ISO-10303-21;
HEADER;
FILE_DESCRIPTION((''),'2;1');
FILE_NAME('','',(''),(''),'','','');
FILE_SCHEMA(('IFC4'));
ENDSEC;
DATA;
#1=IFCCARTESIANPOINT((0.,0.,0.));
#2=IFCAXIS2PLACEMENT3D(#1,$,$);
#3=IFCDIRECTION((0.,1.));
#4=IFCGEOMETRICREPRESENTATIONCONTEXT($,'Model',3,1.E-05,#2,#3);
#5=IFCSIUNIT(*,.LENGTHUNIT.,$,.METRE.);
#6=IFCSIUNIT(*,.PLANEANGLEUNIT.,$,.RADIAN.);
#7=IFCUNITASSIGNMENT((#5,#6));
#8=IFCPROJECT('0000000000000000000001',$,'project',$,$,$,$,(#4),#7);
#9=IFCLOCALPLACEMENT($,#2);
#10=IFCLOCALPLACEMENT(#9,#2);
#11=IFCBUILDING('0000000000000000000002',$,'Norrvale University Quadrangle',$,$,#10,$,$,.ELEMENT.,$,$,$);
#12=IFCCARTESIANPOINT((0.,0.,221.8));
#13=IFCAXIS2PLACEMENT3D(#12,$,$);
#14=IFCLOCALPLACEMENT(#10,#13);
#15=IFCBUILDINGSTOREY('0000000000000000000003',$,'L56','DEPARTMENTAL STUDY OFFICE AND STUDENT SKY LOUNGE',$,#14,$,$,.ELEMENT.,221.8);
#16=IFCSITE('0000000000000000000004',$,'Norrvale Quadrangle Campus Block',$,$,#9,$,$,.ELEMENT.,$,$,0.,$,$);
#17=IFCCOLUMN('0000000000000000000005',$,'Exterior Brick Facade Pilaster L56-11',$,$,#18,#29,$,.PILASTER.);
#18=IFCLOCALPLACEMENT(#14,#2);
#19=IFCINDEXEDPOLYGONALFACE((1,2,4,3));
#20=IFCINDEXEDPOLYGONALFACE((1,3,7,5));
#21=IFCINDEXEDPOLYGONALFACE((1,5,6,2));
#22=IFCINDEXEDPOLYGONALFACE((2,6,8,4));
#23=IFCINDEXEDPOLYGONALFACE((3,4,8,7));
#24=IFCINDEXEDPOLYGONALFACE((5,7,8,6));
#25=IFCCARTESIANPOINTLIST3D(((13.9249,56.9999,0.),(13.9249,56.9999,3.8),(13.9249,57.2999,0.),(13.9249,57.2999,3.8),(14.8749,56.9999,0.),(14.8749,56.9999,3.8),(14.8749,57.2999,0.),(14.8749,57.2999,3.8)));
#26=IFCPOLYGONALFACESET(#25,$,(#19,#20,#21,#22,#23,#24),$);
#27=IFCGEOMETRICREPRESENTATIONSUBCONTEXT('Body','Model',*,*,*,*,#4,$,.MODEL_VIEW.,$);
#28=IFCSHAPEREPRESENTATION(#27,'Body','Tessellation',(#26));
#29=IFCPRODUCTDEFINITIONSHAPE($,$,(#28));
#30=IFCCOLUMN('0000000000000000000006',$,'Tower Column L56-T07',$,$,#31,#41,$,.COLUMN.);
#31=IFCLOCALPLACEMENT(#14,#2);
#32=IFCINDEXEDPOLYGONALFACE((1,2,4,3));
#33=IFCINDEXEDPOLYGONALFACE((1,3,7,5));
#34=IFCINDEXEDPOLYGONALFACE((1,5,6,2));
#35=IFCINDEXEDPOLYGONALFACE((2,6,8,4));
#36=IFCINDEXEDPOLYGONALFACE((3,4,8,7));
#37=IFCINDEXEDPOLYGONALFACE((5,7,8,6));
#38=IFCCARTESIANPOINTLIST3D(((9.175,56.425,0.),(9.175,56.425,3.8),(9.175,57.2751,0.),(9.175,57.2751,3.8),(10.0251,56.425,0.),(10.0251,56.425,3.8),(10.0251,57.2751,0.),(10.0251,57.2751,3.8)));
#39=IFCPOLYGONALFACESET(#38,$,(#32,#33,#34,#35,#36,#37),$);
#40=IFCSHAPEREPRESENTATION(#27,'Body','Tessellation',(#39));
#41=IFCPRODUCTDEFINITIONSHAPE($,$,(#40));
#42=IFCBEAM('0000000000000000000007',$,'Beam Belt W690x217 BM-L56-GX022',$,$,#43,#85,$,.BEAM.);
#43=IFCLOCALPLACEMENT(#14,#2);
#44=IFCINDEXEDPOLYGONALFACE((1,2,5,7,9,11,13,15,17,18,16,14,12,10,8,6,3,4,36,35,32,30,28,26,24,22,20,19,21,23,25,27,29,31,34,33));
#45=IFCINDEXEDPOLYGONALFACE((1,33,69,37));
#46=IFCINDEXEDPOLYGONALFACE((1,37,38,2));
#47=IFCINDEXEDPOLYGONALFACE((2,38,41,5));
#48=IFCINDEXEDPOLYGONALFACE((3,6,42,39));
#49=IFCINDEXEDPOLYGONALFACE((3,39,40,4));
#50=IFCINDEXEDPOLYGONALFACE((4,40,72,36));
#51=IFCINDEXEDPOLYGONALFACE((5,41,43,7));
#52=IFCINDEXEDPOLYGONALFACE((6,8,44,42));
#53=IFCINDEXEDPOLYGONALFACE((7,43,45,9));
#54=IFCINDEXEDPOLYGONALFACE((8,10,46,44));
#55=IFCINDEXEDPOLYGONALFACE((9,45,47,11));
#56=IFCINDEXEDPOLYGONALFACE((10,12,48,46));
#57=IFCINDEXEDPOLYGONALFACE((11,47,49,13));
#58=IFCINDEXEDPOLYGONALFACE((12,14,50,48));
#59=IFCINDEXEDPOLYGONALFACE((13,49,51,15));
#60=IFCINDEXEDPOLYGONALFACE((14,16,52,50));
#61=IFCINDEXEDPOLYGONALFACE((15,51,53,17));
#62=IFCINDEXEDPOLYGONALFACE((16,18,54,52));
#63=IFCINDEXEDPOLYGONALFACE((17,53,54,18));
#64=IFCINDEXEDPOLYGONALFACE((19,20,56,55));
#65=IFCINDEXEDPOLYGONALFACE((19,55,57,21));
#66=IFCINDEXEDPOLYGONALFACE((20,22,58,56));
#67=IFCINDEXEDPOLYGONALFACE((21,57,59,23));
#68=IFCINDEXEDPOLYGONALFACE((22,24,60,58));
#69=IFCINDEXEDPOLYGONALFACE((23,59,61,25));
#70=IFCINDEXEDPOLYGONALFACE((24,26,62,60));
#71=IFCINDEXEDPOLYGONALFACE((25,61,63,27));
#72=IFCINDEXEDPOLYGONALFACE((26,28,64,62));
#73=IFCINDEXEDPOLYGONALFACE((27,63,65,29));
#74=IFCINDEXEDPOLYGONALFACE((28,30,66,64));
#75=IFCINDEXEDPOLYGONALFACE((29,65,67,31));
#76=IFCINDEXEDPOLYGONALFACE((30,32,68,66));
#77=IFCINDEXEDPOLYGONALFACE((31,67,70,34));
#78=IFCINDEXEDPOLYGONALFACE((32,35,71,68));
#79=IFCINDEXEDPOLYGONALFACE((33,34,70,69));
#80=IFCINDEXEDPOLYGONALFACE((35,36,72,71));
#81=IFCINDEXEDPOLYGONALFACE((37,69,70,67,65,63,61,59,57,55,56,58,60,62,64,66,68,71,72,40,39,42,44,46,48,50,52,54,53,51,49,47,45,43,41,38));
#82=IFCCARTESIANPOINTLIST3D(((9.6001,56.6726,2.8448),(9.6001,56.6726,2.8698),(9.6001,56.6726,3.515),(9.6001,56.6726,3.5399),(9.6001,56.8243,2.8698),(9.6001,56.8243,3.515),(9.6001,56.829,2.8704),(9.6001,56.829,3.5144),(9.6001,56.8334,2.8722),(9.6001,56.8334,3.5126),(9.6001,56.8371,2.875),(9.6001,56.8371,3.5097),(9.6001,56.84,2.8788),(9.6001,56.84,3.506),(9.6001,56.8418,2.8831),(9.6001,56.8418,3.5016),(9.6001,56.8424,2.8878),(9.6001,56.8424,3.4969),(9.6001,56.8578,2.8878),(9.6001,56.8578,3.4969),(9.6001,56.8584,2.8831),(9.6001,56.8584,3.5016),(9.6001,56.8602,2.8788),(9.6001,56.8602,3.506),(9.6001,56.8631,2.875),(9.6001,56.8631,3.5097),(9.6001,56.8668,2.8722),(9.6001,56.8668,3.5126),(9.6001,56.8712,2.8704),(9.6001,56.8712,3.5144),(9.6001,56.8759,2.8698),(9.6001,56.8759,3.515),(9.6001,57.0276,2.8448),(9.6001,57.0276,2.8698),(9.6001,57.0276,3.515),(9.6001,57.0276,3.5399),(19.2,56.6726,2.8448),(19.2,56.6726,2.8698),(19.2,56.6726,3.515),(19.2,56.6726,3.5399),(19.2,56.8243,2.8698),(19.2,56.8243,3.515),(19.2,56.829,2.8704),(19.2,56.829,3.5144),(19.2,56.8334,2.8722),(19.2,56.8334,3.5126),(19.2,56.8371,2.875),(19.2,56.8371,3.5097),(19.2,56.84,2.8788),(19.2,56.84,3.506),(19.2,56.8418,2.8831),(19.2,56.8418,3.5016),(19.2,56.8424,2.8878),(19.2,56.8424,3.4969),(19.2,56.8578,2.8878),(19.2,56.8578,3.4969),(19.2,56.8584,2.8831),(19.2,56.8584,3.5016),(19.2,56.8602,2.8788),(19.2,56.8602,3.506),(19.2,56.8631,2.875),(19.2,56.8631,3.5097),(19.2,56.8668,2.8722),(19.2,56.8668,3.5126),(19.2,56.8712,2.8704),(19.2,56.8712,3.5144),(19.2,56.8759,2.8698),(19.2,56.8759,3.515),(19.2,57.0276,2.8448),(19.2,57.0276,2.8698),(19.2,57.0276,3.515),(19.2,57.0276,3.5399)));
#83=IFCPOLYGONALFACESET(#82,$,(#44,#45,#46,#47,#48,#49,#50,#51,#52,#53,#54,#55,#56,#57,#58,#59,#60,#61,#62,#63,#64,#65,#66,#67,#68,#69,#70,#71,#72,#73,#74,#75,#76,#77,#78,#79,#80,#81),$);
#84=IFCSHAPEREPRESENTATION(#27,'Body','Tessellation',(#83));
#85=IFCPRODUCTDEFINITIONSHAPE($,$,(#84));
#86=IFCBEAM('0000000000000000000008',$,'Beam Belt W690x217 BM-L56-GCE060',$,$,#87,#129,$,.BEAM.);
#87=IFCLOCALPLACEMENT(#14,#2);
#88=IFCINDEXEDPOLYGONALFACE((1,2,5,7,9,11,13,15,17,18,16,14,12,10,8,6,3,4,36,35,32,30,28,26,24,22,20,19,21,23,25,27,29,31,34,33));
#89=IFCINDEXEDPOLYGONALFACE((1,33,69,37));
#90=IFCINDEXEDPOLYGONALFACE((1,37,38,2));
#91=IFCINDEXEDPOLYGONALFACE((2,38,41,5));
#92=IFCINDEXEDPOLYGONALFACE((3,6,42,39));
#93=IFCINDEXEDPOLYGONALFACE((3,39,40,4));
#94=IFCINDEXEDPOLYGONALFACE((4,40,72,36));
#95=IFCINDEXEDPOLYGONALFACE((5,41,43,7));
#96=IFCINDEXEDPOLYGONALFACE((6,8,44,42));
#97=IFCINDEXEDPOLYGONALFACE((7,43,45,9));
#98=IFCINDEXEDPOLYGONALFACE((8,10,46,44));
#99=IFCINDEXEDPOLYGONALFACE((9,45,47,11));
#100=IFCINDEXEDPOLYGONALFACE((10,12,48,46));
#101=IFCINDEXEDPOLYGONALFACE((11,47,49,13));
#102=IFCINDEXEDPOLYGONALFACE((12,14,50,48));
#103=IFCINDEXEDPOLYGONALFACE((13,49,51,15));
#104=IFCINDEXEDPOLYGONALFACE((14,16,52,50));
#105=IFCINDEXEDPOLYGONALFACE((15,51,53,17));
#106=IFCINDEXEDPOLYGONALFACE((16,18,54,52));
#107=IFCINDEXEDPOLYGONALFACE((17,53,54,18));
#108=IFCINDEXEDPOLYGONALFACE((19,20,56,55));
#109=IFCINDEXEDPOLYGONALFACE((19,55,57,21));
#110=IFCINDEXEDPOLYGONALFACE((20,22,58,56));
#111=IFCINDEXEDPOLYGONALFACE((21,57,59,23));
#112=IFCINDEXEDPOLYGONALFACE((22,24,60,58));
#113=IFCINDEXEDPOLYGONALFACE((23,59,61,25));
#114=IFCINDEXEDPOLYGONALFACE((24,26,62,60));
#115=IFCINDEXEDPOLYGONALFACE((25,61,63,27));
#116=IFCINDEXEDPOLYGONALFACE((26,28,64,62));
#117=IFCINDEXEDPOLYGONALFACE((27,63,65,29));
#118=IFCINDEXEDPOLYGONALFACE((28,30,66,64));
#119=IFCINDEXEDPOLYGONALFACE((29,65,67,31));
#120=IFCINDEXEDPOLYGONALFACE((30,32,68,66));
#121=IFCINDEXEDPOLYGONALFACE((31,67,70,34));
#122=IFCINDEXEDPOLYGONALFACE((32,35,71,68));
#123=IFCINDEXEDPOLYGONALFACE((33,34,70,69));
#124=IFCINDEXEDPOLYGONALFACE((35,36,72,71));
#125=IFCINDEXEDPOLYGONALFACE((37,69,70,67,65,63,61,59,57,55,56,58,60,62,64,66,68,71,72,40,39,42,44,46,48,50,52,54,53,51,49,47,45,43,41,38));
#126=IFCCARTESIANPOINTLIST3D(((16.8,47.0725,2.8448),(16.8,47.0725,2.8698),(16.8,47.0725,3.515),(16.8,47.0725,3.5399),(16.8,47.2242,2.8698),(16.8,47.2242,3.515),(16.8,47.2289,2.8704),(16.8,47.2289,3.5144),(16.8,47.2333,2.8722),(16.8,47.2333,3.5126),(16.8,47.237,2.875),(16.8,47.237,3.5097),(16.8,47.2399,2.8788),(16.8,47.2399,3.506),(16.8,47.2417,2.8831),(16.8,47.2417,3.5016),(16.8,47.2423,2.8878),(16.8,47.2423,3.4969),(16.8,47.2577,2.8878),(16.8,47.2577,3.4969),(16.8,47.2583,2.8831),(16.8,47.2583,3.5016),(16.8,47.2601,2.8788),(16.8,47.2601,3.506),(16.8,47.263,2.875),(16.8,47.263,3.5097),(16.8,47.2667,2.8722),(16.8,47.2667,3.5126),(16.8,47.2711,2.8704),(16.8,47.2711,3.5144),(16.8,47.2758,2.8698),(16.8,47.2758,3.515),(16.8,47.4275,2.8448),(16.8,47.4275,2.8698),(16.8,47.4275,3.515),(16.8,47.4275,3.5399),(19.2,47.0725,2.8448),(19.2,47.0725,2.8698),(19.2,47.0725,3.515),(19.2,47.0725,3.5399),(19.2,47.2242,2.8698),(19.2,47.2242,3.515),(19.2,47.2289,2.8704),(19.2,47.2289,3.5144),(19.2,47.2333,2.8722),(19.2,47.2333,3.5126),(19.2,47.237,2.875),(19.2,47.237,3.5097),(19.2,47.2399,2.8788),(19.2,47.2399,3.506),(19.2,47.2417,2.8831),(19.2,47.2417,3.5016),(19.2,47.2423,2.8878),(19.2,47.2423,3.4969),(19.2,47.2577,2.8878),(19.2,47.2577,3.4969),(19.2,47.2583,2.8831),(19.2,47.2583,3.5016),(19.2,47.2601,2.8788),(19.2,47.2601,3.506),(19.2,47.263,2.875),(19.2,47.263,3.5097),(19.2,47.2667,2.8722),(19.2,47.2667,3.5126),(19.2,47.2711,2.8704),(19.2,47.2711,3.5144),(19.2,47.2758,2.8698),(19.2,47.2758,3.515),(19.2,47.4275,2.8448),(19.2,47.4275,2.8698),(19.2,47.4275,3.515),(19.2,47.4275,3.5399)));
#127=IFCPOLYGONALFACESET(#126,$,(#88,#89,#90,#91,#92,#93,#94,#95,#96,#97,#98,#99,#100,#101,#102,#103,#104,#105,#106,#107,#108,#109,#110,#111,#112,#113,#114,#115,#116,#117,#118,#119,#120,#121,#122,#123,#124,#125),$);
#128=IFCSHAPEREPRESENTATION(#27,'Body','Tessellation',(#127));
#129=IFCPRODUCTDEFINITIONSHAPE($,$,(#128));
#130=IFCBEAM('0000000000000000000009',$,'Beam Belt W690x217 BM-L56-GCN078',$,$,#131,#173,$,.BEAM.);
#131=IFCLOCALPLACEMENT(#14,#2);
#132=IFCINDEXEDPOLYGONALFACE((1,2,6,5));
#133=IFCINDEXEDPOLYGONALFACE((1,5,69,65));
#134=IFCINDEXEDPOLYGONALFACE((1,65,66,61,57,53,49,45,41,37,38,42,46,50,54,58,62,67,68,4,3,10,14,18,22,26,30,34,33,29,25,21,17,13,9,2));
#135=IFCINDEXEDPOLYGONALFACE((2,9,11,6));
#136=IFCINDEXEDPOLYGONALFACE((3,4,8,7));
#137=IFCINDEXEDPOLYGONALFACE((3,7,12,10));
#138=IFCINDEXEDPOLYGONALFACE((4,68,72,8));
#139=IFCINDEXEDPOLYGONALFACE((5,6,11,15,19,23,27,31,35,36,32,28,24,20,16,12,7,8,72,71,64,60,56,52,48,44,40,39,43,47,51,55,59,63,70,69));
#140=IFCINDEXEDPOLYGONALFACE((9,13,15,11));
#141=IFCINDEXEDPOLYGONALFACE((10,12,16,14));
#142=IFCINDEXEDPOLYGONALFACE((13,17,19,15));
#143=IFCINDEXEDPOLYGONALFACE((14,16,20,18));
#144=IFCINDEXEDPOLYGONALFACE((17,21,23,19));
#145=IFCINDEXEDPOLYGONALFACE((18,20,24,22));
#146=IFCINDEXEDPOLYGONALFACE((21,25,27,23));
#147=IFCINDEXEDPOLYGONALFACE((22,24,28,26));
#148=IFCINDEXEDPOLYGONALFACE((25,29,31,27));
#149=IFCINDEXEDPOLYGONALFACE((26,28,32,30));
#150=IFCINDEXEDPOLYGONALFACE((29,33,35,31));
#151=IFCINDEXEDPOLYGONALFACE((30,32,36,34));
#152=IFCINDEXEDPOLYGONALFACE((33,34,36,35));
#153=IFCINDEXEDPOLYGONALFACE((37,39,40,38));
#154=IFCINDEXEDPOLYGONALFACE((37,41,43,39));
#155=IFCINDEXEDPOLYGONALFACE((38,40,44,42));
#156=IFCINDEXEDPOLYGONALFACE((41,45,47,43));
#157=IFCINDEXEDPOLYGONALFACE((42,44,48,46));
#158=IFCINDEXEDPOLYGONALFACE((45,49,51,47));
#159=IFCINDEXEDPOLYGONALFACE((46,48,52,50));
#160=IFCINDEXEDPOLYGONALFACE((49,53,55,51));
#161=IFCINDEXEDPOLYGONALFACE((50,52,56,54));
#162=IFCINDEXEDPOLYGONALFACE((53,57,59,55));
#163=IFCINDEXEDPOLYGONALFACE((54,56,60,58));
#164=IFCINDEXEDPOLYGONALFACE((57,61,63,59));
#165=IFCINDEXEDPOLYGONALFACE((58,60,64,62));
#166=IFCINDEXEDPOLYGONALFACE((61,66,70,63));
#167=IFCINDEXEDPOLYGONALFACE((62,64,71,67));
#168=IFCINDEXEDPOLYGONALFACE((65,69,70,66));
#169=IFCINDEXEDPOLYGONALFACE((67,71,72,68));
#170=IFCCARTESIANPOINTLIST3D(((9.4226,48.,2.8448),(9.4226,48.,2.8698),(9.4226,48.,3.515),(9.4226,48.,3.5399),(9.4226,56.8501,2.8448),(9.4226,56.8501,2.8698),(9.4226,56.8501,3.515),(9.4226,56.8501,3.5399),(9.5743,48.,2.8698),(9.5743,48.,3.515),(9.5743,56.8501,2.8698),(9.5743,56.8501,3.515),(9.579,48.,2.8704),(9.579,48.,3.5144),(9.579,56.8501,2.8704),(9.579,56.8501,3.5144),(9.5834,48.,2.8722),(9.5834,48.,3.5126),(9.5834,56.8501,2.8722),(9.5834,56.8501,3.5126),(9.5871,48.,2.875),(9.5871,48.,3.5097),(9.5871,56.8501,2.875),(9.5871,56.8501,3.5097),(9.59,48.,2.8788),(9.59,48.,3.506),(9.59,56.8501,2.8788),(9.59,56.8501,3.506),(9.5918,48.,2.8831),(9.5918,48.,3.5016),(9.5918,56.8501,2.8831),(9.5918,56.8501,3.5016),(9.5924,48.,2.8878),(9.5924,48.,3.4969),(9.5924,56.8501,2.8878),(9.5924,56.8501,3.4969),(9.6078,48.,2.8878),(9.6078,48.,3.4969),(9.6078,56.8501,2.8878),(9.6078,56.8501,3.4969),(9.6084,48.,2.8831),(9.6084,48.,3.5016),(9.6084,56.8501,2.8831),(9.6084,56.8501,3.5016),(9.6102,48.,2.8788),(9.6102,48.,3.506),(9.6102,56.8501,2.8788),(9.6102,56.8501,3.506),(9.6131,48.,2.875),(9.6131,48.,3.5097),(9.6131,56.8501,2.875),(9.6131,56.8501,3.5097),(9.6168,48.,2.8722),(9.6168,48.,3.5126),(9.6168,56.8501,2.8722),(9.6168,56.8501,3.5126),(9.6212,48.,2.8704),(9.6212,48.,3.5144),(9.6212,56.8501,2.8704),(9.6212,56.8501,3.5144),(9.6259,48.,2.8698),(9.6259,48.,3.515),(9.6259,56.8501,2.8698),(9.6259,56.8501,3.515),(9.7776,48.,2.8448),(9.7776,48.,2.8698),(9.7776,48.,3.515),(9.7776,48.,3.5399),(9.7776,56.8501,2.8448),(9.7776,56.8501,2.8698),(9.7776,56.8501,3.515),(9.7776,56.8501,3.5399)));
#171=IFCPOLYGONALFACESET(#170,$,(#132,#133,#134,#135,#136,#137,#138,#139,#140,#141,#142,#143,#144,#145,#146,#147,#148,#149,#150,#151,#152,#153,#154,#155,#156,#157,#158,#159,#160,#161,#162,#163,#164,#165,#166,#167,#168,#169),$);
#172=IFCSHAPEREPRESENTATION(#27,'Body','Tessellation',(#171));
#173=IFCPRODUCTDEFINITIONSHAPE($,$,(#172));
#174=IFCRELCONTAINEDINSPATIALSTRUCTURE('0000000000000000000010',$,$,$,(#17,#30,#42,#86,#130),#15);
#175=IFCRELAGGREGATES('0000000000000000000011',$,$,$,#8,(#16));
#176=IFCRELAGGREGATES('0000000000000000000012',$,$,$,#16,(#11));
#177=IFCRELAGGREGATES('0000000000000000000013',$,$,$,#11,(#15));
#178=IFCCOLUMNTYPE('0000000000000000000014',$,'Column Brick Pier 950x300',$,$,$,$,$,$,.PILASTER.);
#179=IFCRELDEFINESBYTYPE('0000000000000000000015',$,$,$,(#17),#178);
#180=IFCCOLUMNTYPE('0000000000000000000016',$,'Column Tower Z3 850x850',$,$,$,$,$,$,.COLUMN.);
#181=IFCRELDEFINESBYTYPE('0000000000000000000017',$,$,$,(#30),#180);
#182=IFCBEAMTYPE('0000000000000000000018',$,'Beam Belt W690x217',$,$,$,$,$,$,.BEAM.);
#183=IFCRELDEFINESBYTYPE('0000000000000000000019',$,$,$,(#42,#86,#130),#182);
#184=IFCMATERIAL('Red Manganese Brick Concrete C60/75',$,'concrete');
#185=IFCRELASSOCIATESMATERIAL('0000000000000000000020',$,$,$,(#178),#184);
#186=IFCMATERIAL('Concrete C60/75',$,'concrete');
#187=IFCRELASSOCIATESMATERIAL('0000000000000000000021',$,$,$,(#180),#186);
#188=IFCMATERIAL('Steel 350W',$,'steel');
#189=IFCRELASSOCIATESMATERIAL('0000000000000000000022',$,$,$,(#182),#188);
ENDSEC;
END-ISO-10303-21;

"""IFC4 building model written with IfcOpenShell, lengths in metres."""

from ifc_helpers import new_model, si_unit, direction, frame, origin, origin_2d, place, context, subcontext, project, spatial, rectangle, i_section, extrude, material, material_profile, profile_set, type_object, element, save


model = new_model("IFC4")

# Units and contexts
model_context = context("Model", 3, precision=1e-05, world=origin(), true_north=direction((0.0, 1.0)))
body_context = subcontext(model_context, "Body", "Model", "MODEL_VIEW")
ifc_project = project(units=[si_unit("LENGTHUNIT", "METRE"), si_unit("PLANEANGLEUNIT", "RADIAN")], contexts=[model_context])

# Site, building, storey
site_placement = place(None, origin())
site = spatial("IfcSite", under=ifc_project, at=site_placement, Name="Norrvale Quadrangle Campus Block", CompositionType="ELEMENT", RefElevation=0.0)
building_placement = place(site_placement, origin())
building = spatial("IfcBuilding", under=site, at=building_placement, Name="Norrvale University Quadrangle", CompositionType="ELEMENT")
storey_placement = place(building_placement, frame((0.0, 0.0, 221.8)))
storey = spatial("IfcBuildingStorey", under=building, at=storey_placement, Name="L56", Description="DEPARTMENTAL STUDY OFFICE AND STUDENT SKY LOUNGE", CompositionType="ELEMENT", Elevation=221.8)

# Columns
ifc_material_1 = material(Name="Red Manganese Brick Concrete C60/75", Category="concrete")
ifc_material_profile_1 = material_profile(ifc_material_1, rectangle(XDim=0.95, YDim=0.3, at=origin_2d()), Name="Red Manganese Brick Concrete C60/75")
ifc_profile_set_1 = profile_set([ifc_material_profile_1], Name="Red Manganese Brick Concrete C60/75")
column_type_1 = type_object("IfcColumnType", Name="Column Brick Pier 950x300", PredefinedType="PILASTER", material=ifc_profile_set_1)
column_1_placement = place(storey_placement, frame((14.3999, 57.1499, 0.0), z_axis=(0.0, 0.0, 1.0), x_axis=(1.0, 0.0, 0.0)))
element("IfcColumn", 1, at=column_1_placement, inside=storey, type_object=column_type_1, Name="Exterior Brick Facade Pilaster L56-11", PredefinedType="PILASTER", context=body_context, shape_type="SweptSolid", body=[
    extrude(rectangle(XDim=0.95, YDim=0.3, at=origin_2d()), origin(), (0.0, 0.0, 1.0), 3.8),
])
ifc_material_2 = material(Name="Concrete C60/75", Category="concrete")
ifc_material_profile_2 = material_profile(ifc_material_2, rectangle(XDim=0.8501, YDim=0.8501, at=origin_2d()), Name="Concrete C60/75")
ifc_profile_set_2 = profile_set([ifc_material_profile_2], Name="Concrete C60/75")
column_type_2 = type_object("IfcColumnType", Name="Column Tower Z3 850x850", PredefinedType="COLUMN", material=ifc_profile_set_2)
column_2_placement = place(storey_placement, frame((9.6001, 56.8501, 0.0), z_axis=(0.0, 0.0, 1.0), x_axis=(1.0, 0.0, 0.0)))
element("IfcColumn", 2, at=column_2_placement, inside=storey, type_object=column_type_2, Name="Tower Column L56-T07", PredefinedType="COLUMN", context=body_context, shape_type="SweptSolid", body=[
    extrude(rectangle(XDim=0.8501, YDim=0.8501, at=origin_2d()), origin(), (0.0, 0.0, 1.0), 3.8),
])

# Beams
ifc_material_3 = material(Name="Steel 350W", Category="steel")
ifc_material_profile_3 = material_profile(ifc_material_3, i_section(OverallWidth=0.355, OverallDepth=0.6951, WebThickness=0.0154, FlangeThickness=0.0249, FilletRadius=0.0181, at=origin_2d()), Name="Steel 350W")
ifc_profile_set_3 = profile_set([ifc_material_profile_3], Name="Steel 350W")
beam_type_1 = type_object("IfcBeamType", Name="Beam Belt W690x217", PredefinedType="BEAM", material=ifc_profile_set_3)
beam_1_placement = place(storey_placement, frame((9.6001, 56.8501, 3.1924), z_axis=(1.0, 0.0, 0.0), x_axis=(0.0, 1.0, 0.0)))
element("IfcBeam", 3, at=beam_1_placement, inside=storey, type_object=beam_type_1, Name="Beam Belt W690x217 BM-L56-GX022", PredefinedType="BEAM", context=body_context, shape_type="SweptSolid", body=[
    extrude(i_section(OverallWidth=0.355, OverallDepth=0.6951, WebThickness=0.0154, FlangeThickness=0.0249, FilletRadius=0.0181, at=origin_2d()), origin(), (0.0, 0.0, 1.0), 9.5999),
])
beam_2_placement = place(storey_placement, frame((16.8, 47.25, 3.1924), z_axis=(1.0, 0.0, 0.0), x_axis=(0.0, 1.0, 0.0)))
element("IfcBeam", 4, at=beam_2_placement, inside=storey, type_object=beam_type_1, Name="Beam Belt W690x217 BM-L56-GCE060", PredefinedType="BEAM", context=body_context, shape_type="SweptSolid", body=[
    extrude(i_section(OverallWidth=0.355, OverallDepth=0.6951, WebThickness=0.0154, FlangeThickness=0.0249, FilletRadius=0.0181, at=origin_2d()), origin(), (0.0, 0.0, 1.0), 2.3999),
])
beam_3_placement = place(storey_placement, frame((9.6001, 48.0, 3.1924), z_axis=(0.0, 1.0, 0.0), x_axis=(-1.0, 0.0, 0.0)))
element("IfcBeam", 5, at=beam_3_placement, inside=storey, type_object=beam_type_1, Name="Beam Belt W690x217 BM-L56-GCN078", PredefinedType="BEAM", context=body_context, shape_type="SweptSolid", body=[
    extrude(i_section(OverallWidth=0.355, OverallDepth=0.6951, WebThickness=0.0154, FlangeThickness=0.0249, FilletRadius=0.0181, at=origin_2d()), origin(), (0.0, 0.0, 1.0), 8.8501),
])

save(model, "model.ifc")
